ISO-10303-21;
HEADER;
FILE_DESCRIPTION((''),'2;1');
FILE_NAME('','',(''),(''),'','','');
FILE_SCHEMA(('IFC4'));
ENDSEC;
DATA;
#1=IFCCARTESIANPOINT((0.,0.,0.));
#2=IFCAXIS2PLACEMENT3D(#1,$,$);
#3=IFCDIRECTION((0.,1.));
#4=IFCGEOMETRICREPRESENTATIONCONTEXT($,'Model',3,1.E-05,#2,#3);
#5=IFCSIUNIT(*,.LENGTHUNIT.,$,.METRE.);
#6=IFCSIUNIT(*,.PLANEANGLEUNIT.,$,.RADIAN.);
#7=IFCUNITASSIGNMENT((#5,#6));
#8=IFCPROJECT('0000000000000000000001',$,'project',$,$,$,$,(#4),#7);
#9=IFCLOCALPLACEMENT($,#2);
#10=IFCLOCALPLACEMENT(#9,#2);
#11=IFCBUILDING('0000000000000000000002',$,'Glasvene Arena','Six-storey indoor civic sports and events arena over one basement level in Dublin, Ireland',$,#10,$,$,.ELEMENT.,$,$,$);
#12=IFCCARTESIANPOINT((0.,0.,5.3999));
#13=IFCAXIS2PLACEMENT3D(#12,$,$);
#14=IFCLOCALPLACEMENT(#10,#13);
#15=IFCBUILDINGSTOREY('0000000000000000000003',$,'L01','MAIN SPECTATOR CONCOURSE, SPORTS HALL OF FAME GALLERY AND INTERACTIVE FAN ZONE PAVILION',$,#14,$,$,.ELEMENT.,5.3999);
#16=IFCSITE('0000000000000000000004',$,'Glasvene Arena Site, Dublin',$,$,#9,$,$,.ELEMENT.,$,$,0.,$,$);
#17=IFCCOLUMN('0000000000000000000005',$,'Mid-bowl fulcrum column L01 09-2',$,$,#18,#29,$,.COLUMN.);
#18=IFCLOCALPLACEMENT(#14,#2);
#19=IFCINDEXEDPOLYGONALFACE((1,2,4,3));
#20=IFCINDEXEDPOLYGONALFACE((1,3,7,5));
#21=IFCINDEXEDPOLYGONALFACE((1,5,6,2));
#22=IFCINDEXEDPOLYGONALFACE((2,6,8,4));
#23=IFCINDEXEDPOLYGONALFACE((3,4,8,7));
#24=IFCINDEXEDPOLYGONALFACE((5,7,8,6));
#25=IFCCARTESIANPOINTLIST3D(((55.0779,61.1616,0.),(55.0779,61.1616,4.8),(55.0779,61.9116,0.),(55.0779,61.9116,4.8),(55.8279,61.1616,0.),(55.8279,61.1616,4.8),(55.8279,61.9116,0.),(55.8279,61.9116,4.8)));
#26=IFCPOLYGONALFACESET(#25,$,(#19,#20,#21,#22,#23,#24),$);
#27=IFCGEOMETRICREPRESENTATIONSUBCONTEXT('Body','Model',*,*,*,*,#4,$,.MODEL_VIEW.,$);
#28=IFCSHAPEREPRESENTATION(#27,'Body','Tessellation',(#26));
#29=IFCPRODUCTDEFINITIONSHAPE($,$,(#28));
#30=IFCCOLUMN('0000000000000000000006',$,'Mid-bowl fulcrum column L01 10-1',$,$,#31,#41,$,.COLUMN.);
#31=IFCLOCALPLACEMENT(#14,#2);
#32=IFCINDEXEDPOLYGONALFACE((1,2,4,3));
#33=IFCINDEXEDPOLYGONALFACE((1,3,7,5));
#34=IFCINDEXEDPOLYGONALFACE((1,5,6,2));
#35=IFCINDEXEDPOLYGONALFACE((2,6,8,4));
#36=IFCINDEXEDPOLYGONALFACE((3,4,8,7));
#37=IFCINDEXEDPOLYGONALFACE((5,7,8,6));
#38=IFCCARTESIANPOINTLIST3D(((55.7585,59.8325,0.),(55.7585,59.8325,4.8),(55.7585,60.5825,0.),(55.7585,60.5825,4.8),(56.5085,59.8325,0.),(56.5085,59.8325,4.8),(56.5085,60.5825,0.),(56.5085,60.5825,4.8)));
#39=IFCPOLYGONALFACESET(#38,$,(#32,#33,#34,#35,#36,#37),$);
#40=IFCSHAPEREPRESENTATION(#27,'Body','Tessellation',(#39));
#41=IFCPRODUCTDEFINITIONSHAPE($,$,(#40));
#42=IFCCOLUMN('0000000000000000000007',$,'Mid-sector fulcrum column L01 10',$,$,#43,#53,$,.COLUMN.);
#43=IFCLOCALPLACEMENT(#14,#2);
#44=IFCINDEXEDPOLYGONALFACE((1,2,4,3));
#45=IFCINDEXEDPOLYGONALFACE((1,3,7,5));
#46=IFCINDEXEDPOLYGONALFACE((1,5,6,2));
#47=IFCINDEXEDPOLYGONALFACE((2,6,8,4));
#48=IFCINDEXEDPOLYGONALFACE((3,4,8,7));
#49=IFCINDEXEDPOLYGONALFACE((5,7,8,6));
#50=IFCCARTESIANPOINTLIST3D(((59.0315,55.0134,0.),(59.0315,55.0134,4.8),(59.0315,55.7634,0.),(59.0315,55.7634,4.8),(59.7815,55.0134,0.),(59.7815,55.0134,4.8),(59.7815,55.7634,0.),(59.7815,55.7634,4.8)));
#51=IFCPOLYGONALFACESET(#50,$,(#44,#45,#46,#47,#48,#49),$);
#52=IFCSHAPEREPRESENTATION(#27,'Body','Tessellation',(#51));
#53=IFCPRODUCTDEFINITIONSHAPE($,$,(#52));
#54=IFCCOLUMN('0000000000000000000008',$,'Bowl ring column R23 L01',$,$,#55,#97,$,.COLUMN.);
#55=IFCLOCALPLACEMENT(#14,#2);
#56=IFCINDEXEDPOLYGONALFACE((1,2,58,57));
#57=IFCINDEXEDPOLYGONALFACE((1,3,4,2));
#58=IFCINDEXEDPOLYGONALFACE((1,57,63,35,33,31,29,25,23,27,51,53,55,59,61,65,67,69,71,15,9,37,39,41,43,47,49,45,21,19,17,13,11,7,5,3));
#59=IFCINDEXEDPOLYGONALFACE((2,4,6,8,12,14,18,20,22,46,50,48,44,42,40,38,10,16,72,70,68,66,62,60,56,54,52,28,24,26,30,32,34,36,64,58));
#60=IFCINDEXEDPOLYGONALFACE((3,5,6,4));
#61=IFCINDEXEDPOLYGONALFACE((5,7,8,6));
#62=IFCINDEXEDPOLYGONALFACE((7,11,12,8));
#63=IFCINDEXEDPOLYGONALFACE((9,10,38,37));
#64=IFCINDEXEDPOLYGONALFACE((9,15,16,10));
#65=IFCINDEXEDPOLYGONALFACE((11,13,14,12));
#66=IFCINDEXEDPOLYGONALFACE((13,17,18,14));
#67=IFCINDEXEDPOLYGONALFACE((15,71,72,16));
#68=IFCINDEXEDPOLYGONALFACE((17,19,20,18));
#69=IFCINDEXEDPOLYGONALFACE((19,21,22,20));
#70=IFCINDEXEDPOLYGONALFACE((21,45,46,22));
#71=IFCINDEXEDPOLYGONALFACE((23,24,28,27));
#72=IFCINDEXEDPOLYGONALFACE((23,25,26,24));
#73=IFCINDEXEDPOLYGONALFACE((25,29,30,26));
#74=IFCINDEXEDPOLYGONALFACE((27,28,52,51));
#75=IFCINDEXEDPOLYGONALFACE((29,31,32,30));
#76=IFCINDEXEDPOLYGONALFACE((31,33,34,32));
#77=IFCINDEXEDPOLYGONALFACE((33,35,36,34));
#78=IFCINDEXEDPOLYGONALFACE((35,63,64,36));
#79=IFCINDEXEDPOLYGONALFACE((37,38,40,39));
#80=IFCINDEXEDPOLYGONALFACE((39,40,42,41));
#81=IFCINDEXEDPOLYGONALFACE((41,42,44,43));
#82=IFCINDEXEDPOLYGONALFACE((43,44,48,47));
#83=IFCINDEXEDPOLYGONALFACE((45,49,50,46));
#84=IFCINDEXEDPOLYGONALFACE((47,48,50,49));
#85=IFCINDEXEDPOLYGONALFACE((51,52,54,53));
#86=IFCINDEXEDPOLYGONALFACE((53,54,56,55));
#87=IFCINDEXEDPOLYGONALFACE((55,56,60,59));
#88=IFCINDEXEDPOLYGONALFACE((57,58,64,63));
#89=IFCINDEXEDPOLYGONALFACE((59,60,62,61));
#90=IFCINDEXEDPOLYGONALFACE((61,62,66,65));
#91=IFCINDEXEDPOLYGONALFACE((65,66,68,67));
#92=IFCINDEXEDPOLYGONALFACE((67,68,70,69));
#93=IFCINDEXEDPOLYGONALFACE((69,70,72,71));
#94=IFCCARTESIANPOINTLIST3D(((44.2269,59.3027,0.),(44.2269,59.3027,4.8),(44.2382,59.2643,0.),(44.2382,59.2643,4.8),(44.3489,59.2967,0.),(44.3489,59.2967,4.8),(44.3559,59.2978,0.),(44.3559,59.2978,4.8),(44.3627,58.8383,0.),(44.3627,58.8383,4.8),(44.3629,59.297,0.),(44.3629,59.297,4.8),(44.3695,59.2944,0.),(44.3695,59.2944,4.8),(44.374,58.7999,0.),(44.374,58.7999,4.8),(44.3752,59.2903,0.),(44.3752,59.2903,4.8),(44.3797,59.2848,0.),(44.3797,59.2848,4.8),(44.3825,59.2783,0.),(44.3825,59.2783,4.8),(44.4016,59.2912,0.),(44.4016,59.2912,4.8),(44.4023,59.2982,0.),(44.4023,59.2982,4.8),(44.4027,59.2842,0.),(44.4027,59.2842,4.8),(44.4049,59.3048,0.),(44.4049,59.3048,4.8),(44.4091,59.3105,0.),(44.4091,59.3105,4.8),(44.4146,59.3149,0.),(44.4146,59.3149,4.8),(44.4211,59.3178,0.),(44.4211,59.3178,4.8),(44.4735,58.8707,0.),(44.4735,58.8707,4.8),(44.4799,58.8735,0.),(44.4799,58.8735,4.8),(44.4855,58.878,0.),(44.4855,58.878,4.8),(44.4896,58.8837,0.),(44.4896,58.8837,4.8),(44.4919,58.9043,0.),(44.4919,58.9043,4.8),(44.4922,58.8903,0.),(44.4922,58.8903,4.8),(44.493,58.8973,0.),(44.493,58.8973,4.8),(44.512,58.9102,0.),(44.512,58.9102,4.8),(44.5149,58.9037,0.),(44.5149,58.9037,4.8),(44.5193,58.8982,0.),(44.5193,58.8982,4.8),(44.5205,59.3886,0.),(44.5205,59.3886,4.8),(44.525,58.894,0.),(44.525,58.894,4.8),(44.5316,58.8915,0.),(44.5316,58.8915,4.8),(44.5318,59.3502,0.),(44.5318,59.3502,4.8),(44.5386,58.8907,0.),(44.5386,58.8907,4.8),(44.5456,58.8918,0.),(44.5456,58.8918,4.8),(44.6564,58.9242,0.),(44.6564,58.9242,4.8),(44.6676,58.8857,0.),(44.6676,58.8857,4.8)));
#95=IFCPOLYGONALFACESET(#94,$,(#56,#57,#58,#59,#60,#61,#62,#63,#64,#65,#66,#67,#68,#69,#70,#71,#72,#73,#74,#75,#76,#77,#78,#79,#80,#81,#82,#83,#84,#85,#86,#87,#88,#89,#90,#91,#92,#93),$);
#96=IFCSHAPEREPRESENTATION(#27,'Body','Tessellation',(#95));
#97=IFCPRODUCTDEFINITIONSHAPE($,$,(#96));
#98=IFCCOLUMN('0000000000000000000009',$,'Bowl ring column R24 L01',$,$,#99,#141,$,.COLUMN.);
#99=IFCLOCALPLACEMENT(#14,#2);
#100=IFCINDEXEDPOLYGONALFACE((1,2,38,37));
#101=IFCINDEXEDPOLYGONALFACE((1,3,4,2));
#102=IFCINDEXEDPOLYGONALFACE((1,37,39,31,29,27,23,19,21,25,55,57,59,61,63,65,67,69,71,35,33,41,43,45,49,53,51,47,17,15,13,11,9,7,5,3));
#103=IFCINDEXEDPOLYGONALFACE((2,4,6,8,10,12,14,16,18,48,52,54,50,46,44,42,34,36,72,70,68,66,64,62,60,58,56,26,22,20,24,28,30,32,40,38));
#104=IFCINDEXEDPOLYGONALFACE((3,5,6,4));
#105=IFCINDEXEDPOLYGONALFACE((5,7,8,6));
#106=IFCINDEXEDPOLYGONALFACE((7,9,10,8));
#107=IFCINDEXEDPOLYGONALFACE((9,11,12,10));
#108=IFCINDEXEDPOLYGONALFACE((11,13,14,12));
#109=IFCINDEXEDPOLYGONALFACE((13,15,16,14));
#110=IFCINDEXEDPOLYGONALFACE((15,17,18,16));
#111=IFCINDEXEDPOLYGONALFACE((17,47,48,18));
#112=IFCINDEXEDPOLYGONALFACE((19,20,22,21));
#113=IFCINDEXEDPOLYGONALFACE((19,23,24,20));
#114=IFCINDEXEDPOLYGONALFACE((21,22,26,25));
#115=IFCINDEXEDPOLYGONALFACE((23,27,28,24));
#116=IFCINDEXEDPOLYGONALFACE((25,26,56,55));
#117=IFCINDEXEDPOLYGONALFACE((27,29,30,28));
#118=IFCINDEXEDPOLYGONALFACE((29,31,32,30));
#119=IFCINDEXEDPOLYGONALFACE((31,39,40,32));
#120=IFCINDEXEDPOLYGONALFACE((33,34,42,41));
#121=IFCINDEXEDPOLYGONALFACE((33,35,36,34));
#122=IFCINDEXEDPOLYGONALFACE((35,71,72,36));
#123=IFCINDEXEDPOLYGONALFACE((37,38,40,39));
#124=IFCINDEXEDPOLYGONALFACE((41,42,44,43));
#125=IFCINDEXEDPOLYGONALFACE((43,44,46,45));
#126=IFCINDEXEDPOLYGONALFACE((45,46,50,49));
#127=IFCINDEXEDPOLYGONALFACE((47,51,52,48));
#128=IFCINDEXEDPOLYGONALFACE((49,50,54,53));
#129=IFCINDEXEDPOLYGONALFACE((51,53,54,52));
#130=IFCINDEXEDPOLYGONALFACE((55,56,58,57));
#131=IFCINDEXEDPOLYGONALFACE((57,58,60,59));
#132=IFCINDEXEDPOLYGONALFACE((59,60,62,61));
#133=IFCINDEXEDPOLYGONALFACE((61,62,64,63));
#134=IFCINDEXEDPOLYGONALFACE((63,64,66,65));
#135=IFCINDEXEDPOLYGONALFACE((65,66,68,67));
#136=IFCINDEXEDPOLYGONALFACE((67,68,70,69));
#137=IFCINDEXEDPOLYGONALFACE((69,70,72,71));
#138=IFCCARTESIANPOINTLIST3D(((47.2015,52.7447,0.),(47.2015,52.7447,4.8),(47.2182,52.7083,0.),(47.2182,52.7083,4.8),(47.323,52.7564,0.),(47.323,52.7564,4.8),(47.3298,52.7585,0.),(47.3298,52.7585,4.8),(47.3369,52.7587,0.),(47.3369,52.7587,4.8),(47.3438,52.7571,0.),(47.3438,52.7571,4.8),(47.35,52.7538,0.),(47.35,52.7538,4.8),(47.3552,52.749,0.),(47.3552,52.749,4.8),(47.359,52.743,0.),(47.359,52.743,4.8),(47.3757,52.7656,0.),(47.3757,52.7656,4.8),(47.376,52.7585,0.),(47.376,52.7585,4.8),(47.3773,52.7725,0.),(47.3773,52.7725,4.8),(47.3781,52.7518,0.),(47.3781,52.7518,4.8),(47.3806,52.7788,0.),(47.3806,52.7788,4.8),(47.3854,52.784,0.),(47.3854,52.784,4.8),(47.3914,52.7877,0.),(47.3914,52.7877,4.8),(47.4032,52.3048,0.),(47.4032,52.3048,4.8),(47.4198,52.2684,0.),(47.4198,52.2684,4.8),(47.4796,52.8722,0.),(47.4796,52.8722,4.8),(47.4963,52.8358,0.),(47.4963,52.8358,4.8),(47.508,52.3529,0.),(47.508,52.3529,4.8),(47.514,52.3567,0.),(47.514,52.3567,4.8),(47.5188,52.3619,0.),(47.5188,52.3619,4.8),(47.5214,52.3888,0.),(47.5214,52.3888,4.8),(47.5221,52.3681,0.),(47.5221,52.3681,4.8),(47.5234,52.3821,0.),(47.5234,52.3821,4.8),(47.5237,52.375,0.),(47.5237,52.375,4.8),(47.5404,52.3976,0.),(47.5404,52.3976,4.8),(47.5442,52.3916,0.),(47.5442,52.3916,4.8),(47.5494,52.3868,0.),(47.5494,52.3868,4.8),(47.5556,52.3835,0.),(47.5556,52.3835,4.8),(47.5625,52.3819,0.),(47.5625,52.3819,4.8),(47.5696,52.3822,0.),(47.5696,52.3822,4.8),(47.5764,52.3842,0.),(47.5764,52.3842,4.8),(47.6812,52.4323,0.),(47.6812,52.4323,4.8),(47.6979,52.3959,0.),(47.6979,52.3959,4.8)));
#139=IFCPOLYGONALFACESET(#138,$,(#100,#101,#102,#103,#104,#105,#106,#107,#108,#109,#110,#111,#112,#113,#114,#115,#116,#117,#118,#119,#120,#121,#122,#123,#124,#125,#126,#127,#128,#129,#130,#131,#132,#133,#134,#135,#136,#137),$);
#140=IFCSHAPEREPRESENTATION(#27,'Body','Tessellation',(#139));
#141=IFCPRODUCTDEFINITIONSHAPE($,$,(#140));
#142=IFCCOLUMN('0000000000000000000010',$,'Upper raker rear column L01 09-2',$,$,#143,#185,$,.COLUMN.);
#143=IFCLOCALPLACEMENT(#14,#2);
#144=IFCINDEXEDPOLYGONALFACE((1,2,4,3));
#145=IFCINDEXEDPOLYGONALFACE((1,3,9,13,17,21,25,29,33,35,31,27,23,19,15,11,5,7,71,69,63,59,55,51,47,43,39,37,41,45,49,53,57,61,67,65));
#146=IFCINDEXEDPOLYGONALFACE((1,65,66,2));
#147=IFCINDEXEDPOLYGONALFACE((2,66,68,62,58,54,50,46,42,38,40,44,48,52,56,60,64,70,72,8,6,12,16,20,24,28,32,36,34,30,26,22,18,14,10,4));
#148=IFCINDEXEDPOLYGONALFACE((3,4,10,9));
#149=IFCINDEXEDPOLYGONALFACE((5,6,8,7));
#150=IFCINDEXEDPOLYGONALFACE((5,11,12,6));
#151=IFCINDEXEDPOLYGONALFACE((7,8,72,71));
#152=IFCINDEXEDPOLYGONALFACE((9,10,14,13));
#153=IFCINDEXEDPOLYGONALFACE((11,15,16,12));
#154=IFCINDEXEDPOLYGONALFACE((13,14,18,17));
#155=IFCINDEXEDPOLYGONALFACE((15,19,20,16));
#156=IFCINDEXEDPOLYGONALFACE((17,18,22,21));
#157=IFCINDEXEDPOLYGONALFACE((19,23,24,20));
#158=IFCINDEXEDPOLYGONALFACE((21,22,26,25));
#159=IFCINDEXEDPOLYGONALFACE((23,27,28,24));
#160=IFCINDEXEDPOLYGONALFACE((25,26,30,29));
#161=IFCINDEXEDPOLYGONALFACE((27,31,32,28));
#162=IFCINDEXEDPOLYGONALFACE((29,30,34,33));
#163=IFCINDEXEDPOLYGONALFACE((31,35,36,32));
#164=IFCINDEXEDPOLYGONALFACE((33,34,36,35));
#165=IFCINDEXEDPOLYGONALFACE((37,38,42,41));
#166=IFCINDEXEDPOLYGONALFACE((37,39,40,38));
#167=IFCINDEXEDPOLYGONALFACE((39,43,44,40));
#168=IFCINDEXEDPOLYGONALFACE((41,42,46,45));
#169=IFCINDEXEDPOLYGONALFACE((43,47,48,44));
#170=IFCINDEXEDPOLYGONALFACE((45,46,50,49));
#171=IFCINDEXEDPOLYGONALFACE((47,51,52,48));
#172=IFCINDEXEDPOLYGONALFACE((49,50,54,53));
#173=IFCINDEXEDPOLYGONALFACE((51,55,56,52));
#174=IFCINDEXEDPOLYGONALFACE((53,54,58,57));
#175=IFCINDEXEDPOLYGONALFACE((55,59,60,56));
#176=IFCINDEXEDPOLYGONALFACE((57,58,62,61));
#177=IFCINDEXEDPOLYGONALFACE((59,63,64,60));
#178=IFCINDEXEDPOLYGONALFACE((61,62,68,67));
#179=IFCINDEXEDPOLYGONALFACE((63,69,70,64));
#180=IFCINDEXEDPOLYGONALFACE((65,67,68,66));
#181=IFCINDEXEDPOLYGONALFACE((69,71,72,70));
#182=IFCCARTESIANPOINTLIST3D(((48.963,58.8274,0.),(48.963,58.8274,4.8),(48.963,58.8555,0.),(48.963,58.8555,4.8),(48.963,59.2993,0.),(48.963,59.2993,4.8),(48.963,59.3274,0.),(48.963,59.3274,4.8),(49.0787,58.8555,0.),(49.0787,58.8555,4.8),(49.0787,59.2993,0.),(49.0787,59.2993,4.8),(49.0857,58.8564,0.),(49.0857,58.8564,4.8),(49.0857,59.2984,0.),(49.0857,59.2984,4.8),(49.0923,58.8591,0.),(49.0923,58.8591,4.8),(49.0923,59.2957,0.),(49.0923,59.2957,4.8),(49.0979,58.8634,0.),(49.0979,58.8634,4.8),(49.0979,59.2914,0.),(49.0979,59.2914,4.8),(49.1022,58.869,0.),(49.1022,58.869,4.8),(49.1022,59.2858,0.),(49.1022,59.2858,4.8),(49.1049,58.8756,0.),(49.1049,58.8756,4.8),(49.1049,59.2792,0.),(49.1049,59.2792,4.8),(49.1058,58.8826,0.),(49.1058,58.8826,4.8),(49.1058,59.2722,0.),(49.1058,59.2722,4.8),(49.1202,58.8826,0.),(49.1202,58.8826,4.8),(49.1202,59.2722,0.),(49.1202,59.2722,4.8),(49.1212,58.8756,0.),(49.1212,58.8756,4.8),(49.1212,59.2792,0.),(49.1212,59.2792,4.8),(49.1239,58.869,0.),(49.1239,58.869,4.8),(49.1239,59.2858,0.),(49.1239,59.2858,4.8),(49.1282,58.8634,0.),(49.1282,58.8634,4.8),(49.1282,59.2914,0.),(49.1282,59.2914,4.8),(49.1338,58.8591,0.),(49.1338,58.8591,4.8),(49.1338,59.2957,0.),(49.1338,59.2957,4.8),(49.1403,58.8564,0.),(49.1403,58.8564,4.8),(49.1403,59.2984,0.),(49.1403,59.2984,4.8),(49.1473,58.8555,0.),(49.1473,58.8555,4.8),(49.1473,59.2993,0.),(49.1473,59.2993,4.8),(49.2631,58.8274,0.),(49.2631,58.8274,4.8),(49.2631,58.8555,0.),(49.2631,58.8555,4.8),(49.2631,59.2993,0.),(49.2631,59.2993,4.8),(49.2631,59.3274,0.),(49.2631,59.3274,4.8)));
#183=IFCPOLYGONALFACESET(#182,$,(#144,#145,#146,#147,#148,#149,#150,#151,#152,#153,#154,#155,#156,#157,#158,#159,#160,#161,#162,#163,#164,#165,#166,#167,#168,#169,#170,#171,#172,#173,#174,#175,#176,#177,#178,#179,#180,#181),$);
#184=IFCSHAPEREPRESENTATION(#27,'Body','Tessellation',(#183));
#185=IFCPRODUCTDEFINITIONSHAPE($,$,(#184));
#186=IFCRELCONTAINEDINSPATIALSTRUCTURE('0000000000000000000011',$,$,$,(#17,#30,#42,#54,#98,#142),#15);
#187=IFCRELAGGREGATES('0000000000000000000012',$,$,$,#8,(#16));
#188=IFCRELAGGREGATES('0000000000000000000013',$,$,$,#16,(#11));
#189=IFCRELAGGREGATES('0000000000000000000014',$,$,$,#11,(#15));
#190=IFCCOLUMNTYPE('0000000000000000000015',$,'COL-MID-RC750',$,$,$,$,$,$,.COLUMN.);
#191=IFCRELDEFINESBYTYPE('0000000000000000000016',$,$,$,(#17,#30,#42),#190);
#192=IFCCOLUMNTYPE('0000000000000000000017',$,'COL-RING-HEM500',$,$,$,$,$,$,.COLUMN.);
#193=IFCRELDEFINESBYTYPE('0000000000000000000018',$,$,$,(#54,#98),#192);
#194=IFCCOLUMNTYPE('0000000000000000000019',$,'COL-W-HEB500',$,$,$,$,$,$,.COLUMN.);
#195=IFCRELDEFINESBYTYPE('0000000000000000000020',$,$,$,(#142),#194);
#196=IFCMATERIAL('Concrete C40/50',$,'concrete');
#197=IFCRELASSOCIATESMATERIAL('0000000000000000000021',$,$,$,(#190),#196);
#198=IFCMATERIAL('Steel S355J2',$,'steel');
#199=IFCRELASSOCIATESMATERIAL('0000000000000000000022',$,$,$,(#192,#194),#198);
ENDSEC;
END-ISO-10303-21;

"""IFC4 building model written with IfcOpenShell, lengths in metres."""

from ifc_helpers import new_model, si_unit, direction, frame, origin, origin_2d, place, context, subcontext, project, spatial, rectangle, i_section, extrude, material, material_profile, profile_set, type_object, element, save


model = new_model("IFC4")

# Units and contexts
model_context = context("Model", 3, precision=1e-05, world=origin(), true_north=direction((0.0, 1.0)))
body_context = subcontext(model_context, "Body", "Model", "MODEL_VIEW")
ifc_project = project(units=[si_unit("LENGTHUNIT", "METRE"), si_unit("PLANEANGLEUNIT", "RADIAN")], contexts=[model_context])

# Site, building, storey
site_placement = place(None, origin())
site = spatial("IfcSite", under=ifc_project, at=site_placement, Name="Glasvene Arena Site, Dublin", CompositionType="ELEMENT", RefElevation=0.0)
building_placement = place(site_placement, origin())
building = spatial("IfcBuilding", under=site, at=building_placement, Name="Glasvene Arena", Description="Six-storey indoor civic sports and events arena over one basement level in Dublin, Ireland", CompositionType="ELEMENT")
storey_placement = place(building_placement, frame((0.0, 0.0, 5.3999)))
storey = spatial("IfcBuildingStorey", under=building, at=storey_placement, Name="L01", Description="MAIN SPECTATOR CONCOURSE, SPORTS HALL OF FAME GALLERY AND INTERACTIVE FAN ZONE PAVILION", CompositionType="ELEMENT", Elevation=5.3999)

# Columns
ifc_material_1 = material(Name="Concrete C40/50", Category="concrete")
ifc_material_profile_1 = material_profile(ifc_material_1, rectangle(XDim=0.75, YDim=0.75, at=origin_2d()), Name="RC 750x750")
ifc_profile_set_1 = profile_set([ifc_material_profile_1], Name="Concrete C40/50")
column_type_1 = type_object("IfcColumnType", Name="COL-MID-RC750", PredefinedType="COLUMN", material=ifc_profile_set_1)
for number, where, z_axis, x_axis, name in (
    (1, (55.4529, 61.5366, 0.0), (0.0, 0.0, 1.0), (1.0, 0.0, 0.0), "Mid-bowl fulcrum column L01 09-2"),
    (2, (56.1335, 60.2075, 0.0), (0.0, 0.0, 1.0), (1.0, 0.0, 0.0), "Mid-bowl fulcrum column L01 10-1"),
    (3, (59.4065, 55.3884, 0.0), (0.0, 0.0, 1.0), (1.0, 0.0, 0.0), "Mid-sector fulcrum column L01 10"),
):
    element("IfcColumn", number, at=place(storey_placement, frame(where, z_axis=z_axis, x_axis=x_axis)), inside=storey, type_object=column_type_1, Name=name, PredefinedType="COLUMN", context=body_context, shape_type="SweptSolid", body=[
        extrude(rectangle(XDim=0.75, YDim=0.75, at=origin_2d()), origin(), (0.0, 0.0, 1.0), 4.8),
    ])
ifc_material_2 = material(Name="Steel S355J2", Category="steel")
ifc_material_profile_2 = material_profile(ifc_material_2, i_section(OverallWidth=0.3059, OverallDepth=0.5239, WebThickness=0.021, FlangeThickness=0.04, FilletRadius=0.0271, at=origin_2d()), Name="HEM 500")
ifc_profile_set_2 = profile_set([ifc_material_profile_2], Name="Steel S355J2")
column_type_2 = type_object("IfcColumnType", Name="COL-RING-HEM500", PredefinedType="COLUMN", material=ifc_profile_set_2)
for number, where, z_axis, x_axis, name in (
    (4, (44.4473, 59.0942, 0.0), (0.0, 0.0, 1.0), (-0.959805, -0.280667, 0.0), "Bowl ring column R23 L01"),
    (5, (47.4497, 52.5703, 0.0), (0.0, 0.0, 1.0), (-0.909018, -0.416757, 0.0), "Bowl ring column R24 L01"),
):
    element("IfcColumn", number, at=place(storey_placement, frame(where, z_axis=z_axis, x_axis=x_axis)), inside=storey, type_object=column_type_2, Name=name, PredefinedType="COLUMN", context=body_context, shape_type="SweptSolid", body=[
        extrude(i_section(OverallWidth=0.3059, OverallDepth=0.5239, WebThickness=0.021, FlangeThickness=0.04, FilletRadius=0.0271, at=origin_2d()), origin(), (0.0, 0.0, 1.0), 4.8),
    ])
ifc_material_profile_3 = material_profile(ifc_material_2, i_section(OverallWidth=0.3, OverallDepth=0.5, WebThickness=0.0144, FlangeThickness=0.0281, FilletRadius=0.0271, at=origin_2d()), Name="HEB 500")
ifc_profile_set_3 = profile_set([ifc_material_profile_3], Name="Steel S355J2")
column_type_3 = type_object("IfcColumnType", Name="COL-W-HEB500", PredefinedType="COLUMN", material=ifc_profile_set_3)
for number, where, z_axis, x_axis, name in (
    (6, (49.113, 59.0774, 0.0), (0.0, 0.0, 1.0), (1.0, 0.0, 0.0), "Upper raker rear column L01 09-2"),
):
    element("IfcColumn", number, at=place(storey_placement, frame(where, z_axis=z_axis, x_axis=x_axis)), inside=storey, type_object=column_type_3, Name=name, PredefinedType="COLUMN", context=body_context, shape_type="SweptSolid", body=[
        extrude(i_section(OverallWidth=0.3, OverallDepth=0.5, WebThickness=0.0144, FlangeThickness=0.0281, FilletRadius=0.0271, at=origin_2d()), origin(), (0.0, 0.0, 1.0), 4.8),
    ])

save(model, "model.ifc")
